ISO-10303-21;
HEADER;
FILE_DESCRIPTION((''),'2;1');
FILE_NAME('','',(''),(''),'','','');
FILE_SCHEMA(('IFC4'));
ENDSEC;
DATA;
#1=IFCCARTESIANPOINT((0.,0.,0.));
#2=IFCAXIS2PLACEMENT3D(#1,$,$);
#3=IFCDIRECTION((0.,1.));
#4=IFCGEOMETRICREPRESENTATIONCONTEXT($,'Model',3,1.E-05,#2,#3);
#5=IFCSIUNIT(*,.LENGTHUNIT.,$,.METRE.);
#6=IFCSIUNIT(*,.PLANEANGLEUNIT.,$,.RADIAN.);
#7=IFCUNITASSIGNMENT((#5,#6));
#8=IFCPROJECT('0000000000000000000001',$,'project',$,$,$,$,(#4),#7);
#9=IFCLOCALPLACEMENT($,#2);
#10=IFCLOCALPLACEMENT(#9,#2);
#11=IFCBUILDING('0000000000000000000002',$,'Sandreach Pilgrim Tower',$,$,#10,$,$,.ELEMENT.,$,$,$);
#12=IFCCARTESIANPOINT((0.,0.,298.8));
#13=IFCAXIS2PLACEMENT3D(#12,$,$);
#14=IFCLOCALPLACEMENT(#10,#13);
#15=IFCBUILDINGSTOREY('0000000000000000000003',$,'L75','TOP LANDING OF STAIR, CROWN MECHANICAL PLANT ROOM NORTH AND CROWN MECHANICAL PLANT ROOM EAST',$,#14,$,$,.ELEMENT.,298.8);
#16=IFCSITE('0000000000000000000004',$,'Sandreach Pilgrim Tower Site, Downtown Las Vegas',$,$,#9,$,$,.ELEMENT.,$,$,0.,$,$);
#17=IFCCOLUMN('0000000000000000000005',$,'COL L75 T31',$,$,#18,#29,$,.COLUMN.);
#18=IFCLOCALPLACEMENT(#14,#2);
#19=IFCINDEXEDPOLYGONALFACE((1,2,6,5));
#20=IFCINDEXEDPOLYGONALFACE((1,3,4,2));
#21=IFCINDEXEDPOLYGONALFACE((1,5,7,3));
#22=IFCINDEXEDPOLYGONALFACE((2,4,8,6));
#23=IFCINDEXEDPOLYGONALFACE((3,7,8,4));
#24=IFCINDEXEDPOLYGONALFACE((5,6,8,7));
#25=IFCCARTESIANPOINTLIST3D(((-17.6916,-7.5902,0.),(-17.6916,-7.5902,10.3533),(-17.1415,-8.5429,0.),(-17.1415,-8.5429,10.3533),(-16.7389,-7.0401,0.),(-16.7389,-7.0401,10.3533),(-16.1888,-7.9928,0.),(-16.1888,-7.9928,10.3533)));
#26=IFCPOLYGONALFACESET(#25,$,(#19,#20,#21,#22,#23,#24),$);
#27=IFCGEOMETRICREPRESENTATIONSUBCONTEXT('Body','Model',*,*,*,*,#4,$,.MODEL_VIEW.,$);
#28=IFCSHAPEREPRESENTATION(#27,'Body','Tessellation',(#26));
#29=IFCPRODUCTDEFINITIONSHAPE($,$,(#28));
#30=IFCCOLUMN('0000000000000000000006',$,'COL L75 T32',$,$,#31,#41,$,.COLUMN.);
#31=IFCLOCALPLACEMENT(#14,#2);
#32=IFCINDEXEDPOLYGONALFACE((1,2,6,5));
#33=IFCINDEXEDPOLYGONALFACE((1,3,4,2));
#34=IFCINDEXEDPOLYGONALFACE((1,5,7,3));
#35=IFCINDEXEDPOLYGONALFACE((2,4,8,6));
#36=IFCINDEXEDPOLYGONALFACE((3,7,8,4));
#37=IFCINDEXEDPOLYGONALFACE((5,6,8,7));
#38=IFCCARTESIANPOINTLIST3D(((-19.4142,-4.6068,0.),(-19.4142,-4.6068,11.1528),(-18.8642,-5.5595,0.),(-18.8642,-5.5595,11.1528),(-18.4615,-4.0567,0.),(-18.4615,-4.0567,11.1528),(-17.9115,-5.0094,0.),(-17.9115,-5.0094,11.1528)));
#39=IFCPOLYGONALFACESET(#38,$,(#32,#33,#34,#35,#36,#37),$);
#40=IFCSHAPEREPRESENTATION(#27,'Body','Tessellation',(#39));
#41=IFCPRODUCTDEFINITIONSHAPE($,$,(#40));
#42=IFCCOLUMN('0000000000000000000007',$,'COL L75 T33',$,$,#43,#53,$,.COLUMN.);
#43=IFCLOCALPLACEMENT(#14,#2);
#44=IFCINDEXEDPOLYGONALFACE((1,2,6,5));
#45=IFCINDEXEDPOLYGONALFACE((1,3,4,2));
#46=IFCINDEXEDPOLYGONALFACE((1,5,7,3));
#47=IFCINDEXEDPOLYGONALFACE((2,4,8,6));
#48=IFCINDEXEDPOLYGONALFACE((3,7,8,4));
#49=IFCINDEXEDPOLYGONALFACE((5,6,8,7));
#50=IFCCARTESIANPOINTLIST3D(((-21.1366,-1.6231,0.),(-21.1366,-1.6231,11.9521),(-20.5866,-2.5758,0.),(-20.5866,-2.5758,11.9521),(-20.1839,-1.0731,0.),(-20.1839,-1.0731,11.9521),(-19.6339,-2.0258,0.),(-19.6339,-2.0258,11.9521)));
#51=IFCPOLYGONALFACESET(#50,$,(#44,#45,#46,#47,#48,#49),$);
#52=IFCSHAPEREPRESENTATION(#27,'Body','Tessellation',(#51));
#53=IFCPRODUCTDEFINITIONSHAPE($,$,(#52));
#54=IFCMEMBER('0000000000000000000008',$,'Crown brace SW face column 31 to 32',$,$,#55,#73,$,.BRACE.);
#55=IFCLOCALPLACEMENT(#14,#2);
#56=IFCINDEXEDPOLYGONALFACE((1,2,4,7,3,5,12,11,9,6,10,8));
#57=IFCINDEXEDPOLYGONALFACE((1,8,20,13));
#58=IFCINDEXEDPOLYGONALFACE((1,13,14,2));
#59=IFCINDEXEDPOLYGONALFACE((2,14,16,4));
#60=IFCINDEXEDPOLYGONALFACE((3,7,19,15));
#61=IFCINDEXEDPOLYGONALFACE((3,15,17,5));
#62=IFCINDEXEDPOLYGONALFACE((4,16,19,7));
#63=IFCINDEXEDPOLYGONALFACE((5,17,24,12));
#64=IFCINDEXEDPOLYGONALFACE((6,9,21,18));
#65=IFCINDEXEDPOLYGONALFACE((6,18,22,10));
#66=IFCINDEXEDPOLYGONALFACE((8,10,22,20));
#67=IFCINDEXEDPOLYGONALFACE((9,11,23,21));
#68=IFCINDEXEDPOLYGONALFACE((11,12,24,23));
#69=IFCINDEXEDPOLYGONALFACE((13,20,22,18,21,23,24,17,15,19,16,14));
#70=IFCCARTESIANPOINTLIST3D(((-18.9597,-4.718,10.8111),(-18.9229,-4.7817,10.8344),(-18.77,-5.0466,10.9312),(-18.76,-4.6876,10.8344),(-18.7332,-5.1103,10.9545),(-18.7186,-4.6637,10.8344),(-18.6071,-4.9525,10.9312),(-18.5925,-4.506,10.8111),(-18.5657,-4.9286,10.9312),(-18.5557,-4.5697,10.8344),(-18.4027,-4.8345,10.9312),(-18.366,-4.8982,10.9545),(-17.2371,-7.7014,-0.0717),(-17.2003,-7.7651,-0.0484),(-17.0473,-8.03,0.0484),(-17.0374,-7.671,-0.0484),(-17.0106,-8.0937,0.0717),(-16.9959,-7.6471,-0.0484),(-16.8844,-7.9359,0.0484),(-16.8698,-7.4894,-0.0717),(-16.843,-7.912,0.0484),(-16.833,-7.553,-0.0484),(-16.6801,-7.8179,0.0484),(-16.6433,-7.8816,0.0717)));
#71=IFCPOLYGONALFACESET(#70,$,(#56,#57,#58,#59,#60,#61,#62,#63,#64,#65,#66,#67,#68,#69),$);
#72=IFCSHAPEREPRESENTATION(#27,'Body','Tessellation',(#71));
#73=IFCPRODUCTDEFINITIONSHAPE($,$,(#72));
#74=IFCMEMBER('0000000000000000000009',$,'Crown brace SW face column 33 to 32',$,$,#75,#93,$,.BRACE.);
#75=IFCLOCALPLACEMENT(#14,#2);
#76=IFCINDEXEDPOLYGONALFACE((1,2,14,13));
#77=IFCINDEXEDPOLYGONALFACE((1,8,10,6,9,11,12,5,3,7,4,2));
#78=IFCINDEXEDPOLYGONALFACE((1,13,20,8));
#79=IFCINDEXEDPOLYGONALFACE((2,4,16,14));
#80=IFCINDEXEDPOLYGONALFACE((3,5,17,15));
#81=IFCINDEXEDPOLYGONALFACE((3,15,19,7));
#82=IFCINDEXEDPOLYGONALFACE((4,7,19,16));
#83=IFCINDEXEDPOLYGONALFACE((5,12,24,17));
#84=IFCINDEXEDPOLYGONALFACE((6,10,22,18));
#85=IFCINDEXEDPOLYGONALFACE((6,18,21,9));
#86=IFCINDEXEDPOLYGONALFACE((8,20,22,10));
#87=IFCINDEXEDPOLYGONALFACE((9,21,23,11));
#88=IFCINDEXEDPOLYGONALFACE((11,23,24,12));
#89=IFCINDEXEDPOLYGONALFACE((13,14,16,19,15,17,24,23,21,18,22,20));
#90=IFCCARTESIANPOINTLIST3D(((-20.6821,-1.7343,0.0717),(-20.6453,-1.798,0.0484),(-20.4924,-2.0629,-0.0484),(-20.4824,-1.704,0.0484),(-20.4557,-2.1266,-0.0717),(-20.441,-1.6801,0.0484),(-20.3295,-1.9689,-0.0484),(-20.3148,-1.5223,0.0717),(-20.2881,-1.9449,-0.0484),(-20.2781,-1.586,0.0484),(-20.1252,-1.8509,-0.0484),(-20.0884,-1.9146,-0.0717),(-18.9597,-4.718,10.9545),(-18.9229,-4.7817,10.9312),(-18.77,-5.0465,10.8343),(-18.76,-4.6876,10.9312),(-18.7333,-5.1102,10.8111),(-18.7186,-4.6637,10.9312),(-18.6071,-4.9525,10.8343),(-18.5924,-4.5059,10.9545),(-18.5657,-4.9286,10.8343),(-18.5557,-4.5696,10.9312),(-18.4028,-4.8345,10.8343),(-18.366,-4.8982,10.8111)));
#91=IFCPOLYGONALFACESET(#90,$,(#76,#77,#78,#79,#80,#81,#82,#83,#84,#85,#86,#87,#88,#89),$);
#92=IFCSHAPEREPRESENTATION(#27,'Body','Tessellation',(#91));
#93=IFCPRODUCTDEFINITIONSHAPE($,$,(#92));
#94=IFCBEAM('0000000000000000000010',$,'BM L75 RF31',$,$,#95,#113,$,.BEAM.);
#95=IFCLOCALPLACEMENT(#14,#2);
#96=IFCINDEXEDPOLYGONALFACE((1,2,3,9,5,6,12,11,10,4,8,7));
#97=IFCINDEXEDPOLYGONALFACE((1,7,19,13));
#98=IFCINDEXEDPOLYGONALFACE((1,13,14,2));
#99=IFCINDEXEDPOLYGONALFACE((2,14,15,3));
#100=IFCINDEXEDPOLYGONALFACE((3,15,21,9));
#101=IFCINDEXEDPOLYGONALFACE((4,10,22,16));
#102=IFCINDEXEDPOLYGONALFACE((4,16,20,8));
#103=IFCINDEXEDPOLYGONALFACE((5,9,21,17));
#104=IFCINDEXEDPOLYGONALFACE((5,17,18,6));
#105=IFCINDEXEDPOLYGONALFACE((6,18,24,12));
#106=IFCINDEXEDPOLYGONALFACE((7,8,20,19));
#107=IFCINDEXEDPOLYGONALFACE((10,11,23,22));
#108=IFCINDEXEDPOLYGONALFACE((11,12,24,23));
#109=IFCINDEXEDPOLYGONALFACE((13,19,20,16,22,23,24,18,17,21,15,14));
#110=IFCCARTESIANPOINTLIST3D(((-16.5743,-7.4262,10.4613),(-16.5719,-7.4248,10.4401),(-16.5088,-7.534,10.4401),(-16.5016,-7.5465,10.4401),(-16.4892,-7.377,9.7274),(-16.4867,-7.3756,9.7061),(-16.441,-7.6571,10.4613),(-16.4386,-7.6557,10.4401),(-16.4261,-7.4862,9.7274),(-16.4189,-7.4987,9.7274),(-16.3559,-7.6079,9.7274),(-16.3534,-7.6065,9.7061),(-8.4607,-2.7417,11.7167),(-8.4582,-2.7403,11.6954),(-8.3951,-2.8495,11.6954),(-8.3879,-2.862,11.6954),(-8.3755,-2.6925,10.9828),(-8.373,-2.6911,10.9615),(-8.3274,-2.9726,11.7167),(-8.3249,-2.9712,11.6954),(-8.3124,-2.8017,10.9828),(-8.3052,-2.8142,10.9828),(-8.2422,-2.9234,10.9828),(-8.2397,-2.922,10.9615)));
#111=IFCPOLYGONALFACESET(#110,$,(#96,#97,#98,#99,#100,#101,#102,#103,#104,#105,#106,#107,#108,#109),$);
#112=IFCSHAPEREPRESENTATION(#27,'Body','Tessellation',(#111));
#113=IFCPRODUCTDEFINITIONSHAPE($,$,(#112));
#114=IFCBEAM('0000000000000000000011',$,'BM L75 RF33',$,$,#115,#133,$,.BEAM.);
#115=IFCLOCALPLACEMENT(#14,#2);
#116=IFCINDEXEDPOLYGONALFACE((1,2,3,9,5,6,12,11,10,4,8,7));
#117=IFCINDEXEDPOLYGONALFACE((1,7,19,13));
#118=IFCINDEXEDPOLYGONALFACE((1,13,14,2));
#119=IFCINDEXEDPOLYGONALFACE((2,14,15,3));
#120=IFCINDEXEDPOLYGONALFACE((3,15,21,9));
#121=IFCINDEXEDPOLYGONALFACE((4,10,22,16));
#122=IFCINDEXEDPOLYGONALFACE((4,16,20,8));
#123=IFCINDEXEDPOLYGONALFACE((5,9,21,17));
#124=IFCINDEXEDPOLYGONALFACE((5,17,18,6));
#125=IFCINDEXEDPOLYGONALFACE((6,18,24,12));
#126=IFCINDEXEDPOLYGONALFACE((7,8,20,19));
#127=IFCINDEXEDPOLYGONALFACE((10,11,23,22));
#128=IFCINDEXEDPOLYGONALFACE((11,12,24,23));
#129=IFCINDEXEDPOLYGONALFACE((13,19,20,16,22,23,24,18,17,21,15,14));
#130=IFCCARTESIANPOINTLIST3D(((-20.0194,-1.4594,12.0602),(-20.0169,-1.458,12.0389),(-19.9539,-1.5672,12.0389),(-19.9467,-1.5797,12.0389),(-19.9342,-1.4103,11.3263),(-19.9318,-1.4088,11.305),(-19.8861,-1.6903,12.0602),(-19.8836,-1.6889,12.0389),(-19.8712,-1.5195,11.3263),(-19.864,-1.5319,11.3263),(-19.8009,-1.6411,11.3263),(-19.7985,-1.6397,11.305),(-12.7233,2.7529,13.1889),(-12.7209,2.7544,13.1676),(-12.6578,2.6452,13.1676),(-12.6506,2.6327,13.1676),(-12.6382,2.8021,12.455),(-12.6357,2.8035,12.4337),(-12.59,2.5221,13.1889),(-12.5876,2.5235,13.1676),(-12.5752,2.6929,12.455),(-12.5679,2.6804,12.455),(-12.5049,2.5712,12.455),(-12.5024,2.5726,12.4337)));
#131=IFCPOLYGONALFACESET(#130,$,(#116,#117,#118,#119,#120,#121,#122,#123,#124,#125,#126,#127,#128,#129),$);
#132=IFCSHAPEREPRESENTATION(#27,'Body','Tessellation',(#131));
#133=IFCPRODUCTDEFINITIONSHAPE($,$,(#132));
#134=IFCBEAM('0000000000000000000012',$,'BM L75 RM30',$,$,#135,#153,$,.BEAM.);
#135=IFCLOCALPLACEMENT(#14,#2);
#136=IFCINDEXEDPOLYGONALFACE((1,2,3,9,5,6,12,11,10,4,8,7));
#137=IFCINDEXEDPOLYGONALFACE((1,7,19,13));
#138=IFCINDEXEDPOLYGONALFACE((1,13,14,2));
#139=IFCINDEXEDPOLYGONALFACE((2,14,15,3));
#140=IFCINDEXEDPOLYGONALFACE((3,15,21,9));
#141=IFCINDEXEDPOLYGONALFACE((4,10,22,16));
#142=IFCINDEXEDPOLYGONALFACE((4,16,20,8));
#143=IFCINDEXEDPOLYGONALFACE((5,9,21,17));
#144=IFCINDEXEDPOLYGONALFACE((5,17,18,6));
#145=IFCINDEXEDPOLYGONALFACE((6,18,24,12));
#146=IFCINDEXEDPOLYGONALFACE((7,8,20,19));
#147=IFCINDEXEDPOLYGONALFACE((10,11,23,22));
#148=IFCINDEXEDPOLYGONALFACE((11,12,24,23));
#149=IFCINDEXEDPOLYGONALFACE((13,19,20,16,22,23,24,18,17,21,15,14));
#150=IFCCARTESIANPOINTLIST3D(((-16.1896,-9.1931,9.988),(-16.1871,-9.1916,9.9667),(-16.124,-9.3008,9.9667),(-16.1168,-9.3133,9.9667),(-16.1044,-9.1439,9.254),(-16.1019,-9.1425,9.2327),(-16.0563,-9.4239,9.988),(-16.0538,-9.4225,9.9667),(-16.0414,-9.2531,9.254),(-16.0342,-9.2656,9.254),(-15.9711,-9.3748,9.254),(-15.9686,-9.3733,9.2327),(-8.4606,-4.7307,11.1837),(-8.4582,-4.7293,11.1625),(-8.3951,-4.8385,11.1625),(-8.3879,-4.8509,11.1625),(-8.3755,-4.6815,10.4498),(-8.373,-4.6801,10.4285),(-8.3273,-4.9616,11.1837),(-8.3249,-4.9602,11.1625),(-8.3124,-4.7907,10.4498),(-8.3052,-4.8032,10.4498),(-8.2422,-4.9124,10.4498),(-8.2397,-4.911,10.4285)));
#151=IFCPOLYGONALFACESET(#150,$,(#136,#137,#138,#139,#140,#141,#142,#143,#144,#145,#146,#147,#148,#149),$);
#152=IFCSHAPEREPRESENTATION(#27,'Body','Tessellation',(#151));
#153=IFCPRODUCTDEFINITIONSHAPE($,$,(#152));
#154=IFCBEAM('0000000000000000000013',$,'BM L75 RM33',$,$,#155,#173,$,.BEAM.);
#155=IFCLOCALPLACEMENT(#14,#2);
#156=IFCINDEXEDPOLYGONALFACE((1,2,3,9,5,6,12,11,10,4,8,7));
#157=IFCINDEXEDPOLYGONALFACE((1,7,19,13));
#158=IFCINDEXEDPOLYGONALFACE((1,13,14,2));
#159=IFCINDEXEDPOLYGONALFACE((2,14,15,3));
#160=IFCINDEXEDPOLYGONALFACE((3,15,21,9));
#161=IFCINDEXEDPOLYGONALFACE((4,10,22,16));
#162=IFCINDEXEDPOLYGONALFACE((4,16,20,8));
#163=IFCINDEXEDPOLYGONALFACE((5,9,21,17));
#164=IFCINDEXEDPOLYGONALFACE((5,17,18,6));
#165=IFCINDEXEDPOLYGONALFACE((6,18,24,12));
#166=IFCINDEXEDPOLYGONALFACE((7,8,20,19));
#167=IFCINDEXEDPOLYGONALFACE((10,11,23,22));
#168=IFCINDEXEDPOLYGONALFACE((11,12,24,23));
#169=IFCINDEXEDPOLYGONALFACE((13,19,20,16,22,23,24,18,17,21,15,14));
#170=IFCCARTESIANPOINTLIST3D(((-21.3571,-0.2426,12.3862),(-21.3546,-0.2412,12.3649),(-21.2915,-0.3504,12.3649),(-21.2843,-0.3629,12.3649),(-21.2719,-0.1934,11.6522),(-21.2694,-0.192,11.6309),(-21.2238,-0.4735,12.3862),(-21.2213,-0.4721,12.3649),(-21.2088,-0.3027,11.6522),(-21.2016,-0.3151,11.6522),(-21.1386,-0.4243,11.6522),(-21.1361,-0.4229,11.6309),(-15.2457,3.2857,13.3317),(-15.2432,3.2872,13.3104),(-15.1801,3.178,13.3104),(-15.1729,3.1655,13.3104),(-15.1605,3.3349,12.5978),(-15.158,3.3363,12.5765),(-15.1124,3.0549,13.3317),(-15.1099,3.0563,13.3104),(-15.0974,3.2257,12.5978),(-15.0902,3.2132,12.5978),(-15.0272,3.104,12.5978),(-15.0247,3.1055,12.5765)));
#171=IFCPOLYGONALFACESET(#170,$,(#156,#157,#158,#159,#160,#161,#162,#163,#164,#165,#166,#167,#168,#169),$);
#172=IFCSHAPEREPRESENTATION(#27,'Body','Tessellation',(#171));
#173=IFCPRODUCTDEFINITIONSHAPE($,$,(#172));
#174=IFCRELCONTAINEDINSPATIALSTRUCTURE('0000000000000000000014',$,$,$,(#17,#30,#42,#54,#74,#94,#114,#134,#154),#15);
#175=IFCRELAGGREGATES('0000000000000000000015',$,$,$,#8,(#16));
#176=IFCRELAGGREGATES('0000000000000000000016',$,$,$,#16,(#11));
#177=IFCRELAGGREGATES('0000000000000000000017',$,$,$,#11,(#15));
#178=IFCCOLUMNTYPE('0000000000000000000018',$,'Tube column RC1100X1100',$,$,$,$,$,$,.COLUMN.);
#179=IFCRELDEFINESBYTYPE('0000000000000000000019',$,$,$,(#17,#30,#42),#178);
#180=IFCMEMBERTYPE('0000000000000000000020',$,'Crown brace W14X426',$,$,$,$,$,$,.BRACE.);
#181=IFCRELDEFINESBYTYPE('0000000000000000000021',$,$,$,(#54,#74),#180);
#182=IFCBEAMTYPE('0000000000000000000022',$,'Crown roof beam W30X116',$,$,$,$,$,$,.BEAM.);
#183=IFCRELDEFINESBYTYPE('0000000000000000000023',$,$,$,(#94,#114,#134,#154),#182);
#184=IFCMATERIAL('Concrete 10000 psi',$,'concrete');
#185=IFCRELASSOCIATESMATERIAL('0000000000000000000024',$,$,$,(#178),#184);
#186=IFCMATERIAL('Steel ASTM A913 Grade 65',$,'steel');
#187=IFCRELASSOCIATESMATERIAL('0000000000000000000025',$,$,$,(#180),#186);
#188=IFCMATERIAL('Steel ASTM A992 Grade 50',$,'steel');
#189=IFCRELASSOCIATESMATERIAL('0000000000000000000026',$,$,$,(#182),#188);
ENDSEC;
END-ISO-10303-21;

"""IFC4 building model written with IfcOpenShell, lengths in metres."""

from ifc_helpers import new_model, si_unit, direction, frame, origin, origin_2d, place, context, subcontext, project, spatial, rectangle, i_section, extrude, material, material_profile, profile_set, type_object, element, save


model = new_model("IFC4")

# Units and contexts
model_context = context("Model", 3, precision=1e-05, world=origin(), true_north=direction((0.0, 1.0)))
body_context = subcontext(model_context, "Body", "Model", "MODEL_VIEW")
ifc_project = project(units=[si_unit("LENGTHUNIT", "METRE"), si_unit("PLANEANGLEUNIT", "RADIAN")], contexts=[model_context])

# Site, building, storey
site_placement = place(None, origin())
site = spatial("IfcSite", under=ifc_project, at=site_placement, Name="Sandreach Pilgrim Tower Site, Downtown Las Vegas", CompositionType="ELEMENT", RefElevation=0.0)
building_placement = place(site_placement, origin())
building = spatial("IfcBuilding", under=site, at=building_placement, Name="Sandreach Pilgrim Tower", CompositionType="ELEMENT")
storey_placement = place(building_placement, frame((0.0, 0.0, 298.8)))
storey = spatial("IfcBuildingStorey", under=building, at=storey_placement, Name="L75", Description="TOP LANDING OF STAIR, CROWN MECHANICAL PLANT ROOM NORTH AND CROWN MECHANICAL PLANT ROOM EAST", CompositionType="ELEMENT", Elevation=298.8)

# Columns
ifc_material_1 = material(Name="Concrete 10000 psi", Category="concrete")
ifc_material_profile_1 = material_profile(ifc_material_1, rectangle(XDim=1.1001, YDim=1.1001, at=origin_2d()), Name="RC1100X1100")
ifc_profile_set_1 = profile_set([ifc_material_profile_1], Name="Concrete 10000 psi")
column_type = type_object("IfcColumnType", Name="Tube column RC1100X1100", PredefinedType="COLUMN", material=ifc_profile_set_1)
column_1_placement = place(storey_placement, frame((-16.9402, -7.7915, 0.0), z_axis=(0.0, 0.0, 1.0), x_axis=(-0.866025, -0.5, 0.0)))
element("IfcColumn", 1, at=column_1_placement, inside=storey, type_object=column_type, Name="COL L75 T31", PredefinedType="COLUMN", context=body_context, shape_type="SweptSolid", body=[
    extrude(rectangle(XDim=1.1001, YDim=1.1001, at=origin_2d()), origin(), (0.0, 0.0, 1.0), 10.3533),
])
column_2_placement = place(storey_placement, frame((-18.6628, -4.8081, 0.0), z_axis=(0.0, 0.0, 1.0), x_axis=(-0.866025, -0.5, 0.0)))
element("IfcColumn", 2, at=column_2_placement, inside=storey, type_object=column_type, Name="COL L75 T32", PredefinedType="COLUMN", context=body_context, shape_type="SweptSolid", body=[
    extrude(rectangle(XDim=1.1001, YDim=1.1001, at=origin_2d()), origin(), (0.0, 0.0, 1.0), 11.1528),
])
column_3_placement = place(storey_placement, frame((-20.3853, -1.8245, 0.0), z_axis=(0.0, 0.0, 1.0), x_axis=(-0.866025, -0.5, 0.0)))
element("IfcColumn", 3, at=column_3_placement, inside=storey, type_object=column_type, Name="COL L75 T33", PredefinedType="COLUMN", context=body_context, shape_type="SweptSolid", body=[
    extrude(rectangle(XDim=1.1001, YDim=1.1001, at=origin_2d()), origin(), (0.0, 0.0, 1.0), 11.9521),
])

# Members
ifc_material_2 = material(Name="Steel ASTM A913 Grade 65", Category="steel")
ifc_material_profile_2 = material_profile(ifc_material_2, i_section(OverallWidth=0.4241, OverallDepth=0.4751, WebThickness=0.0479, FlangeThickness=0.0771, at=origin_2d()), Name="W14X426")
ifc_profile_set_2 = profile_set([ifc_material_profile_2], Name="Steel ASTM A913 Grade 65")
member_type = type_object("IfcMemberType", Name="Crown brace W14X426", PredefinedType="BRACE", material=ifc_profile_set_2)
for number, where, z_axis, x_axis, name in (
    (4, (-16.9402, -7.7915, 0.0), (-0.150911, 0.261356, 0.953372), (-0.866001, -0.500041, 0.0), "Crown brace SW face column 31 to 32"),
    (5, (-20.3853, -1.8245, 0.0), (0.150889, -0.261377, 0.95337), (0.86605, 0.499958, 0.0), "Crown brace SW face column 33 to 32"),
):
    element("IfcMember", number, at=place(storey_placement, frame(where, z_axis=z_axis, x_axis=x_axis)), inside=storey, type_object=member_type, Name=name, PredefinedType="BRACE", context=body_context, shape_type="SweptSolid", body=[
        extrude(i_section(OverallWidth=0.4241, OverallDepth=0.4751, WebThickness=0.0479, FlangeThickness=0.0771, at=origin_2d()), origin(), (0.0, 0.0, 1.0), 11.415),
    ])

# Beams
ifc_material_3 = material(Name="Steel ASTM A992 Grade 50", Category="steel")
ifc_material_profile_3 = material_profile(ifc_material_3, i_section(OverallWidth=0.2666, OverallDepth=0.762, WebThickness=0.0144, FlangeThickness=0.0215, at=origin_2d()), Name="W30X116")
ifc_profile_set_3 = profile_set([ifc_material_profile_3], Name="Steel ASTM A992 Grade 50")
beam_type_1 = type_object("IfcBeamType", Name="Crown roof beam W30X116", PredefinedType="BEAM", material=ifc_profile_set_3)
beam_1_placement = place(storey_placement, frame((-16.4639, -7.5164, 10.0837), z_axis=(0.858351, 0.495578, 0.132805), x_axis=(-0.500007, 0.866022, 0.0)))
element("IfcBeam", 6, at=beam_1_placement, inside=storey, type_object=beam_type_1, Name="BM L75 RF31", PredefinedType="BEAM", context=body_context, shape_type="SweptSolid", body=[
    extrude(i_section(OverallWidth=0.2666, OverallDepth=0.762, WebThickness=0.0144, FlangeThickness=0.0215, at=origin_2d()), origin(), (0.0, 0.0, 1.0), 9.4526),
])
beam_2_placement = place(storey_placement, frame((-19.9089, -1.5496, 11.6826), z_axis=(0.858358, 0.49557, 0.132782), x_axis=(-0.499998, 0.866027, 0.0)))
element("IfcBeam", 7, at=beam_2_placement, inside=storey, type_object=beam_type_1, Name="BM L75 RF33", PredefinedType="BEAM", context=body_context, shape_type="SweptSolid", body=[
    extrude(i_section(OverallWidth=0.2666, OverallDepth=0.762, WebThickness=0.0144, FlangeThickness=0.0215, at=origin_2d()), origin(), (0.0, 0.0, 1.0), 8.5),
])
beam_3_placement = place(storey_placement, frame((-16.0791, -9.2832, 9.6104), z_axis=(0.858352, 0.495576, 0.132801), x_axis=(-0.500005, 0.866022, 0.0)))
element("IfcBeam", 8, at=beam_3_placement, inside=storey, type_object=beam_type_1, Name="BM L75 RM30", PredefinedType="BEAM", context=body_context, shape_type="SweptSolid", body=[
    extrude(i_section(OverallWidth=0.2666, OverallDepth=0.762, WebThickness=0.0144, FlangeThickness=0.0215, at=origin_2d()), origin(), (0.0, 0.0, 1.0), 9.0044),
])
beam_4_placement = place(storey_placement, frame((-21.2466, -0.3328, 12.0085), z_axis=(0.858358, 0.495565, 0.132807), x_axis=(-0.499994, 0.866029, 0.0)))
element("IfcBeam", 9, at=beam_4_placement, inside=storey, type_object=beam_type_1, Name="BM L75 RM33", PredefinedType="BEAM", context=body_context, shape_type="SweptSolid", body=[
    extrude(i_section(OverallWidth=0.2666, OverallDepth=0.762, WebThickness=0.0144, FlangeThickness=0.0215, at=origin_2d()), origin(), (0.0, 0.0, 1.0), 7.1199),
])

save(model, "model.ifc")
